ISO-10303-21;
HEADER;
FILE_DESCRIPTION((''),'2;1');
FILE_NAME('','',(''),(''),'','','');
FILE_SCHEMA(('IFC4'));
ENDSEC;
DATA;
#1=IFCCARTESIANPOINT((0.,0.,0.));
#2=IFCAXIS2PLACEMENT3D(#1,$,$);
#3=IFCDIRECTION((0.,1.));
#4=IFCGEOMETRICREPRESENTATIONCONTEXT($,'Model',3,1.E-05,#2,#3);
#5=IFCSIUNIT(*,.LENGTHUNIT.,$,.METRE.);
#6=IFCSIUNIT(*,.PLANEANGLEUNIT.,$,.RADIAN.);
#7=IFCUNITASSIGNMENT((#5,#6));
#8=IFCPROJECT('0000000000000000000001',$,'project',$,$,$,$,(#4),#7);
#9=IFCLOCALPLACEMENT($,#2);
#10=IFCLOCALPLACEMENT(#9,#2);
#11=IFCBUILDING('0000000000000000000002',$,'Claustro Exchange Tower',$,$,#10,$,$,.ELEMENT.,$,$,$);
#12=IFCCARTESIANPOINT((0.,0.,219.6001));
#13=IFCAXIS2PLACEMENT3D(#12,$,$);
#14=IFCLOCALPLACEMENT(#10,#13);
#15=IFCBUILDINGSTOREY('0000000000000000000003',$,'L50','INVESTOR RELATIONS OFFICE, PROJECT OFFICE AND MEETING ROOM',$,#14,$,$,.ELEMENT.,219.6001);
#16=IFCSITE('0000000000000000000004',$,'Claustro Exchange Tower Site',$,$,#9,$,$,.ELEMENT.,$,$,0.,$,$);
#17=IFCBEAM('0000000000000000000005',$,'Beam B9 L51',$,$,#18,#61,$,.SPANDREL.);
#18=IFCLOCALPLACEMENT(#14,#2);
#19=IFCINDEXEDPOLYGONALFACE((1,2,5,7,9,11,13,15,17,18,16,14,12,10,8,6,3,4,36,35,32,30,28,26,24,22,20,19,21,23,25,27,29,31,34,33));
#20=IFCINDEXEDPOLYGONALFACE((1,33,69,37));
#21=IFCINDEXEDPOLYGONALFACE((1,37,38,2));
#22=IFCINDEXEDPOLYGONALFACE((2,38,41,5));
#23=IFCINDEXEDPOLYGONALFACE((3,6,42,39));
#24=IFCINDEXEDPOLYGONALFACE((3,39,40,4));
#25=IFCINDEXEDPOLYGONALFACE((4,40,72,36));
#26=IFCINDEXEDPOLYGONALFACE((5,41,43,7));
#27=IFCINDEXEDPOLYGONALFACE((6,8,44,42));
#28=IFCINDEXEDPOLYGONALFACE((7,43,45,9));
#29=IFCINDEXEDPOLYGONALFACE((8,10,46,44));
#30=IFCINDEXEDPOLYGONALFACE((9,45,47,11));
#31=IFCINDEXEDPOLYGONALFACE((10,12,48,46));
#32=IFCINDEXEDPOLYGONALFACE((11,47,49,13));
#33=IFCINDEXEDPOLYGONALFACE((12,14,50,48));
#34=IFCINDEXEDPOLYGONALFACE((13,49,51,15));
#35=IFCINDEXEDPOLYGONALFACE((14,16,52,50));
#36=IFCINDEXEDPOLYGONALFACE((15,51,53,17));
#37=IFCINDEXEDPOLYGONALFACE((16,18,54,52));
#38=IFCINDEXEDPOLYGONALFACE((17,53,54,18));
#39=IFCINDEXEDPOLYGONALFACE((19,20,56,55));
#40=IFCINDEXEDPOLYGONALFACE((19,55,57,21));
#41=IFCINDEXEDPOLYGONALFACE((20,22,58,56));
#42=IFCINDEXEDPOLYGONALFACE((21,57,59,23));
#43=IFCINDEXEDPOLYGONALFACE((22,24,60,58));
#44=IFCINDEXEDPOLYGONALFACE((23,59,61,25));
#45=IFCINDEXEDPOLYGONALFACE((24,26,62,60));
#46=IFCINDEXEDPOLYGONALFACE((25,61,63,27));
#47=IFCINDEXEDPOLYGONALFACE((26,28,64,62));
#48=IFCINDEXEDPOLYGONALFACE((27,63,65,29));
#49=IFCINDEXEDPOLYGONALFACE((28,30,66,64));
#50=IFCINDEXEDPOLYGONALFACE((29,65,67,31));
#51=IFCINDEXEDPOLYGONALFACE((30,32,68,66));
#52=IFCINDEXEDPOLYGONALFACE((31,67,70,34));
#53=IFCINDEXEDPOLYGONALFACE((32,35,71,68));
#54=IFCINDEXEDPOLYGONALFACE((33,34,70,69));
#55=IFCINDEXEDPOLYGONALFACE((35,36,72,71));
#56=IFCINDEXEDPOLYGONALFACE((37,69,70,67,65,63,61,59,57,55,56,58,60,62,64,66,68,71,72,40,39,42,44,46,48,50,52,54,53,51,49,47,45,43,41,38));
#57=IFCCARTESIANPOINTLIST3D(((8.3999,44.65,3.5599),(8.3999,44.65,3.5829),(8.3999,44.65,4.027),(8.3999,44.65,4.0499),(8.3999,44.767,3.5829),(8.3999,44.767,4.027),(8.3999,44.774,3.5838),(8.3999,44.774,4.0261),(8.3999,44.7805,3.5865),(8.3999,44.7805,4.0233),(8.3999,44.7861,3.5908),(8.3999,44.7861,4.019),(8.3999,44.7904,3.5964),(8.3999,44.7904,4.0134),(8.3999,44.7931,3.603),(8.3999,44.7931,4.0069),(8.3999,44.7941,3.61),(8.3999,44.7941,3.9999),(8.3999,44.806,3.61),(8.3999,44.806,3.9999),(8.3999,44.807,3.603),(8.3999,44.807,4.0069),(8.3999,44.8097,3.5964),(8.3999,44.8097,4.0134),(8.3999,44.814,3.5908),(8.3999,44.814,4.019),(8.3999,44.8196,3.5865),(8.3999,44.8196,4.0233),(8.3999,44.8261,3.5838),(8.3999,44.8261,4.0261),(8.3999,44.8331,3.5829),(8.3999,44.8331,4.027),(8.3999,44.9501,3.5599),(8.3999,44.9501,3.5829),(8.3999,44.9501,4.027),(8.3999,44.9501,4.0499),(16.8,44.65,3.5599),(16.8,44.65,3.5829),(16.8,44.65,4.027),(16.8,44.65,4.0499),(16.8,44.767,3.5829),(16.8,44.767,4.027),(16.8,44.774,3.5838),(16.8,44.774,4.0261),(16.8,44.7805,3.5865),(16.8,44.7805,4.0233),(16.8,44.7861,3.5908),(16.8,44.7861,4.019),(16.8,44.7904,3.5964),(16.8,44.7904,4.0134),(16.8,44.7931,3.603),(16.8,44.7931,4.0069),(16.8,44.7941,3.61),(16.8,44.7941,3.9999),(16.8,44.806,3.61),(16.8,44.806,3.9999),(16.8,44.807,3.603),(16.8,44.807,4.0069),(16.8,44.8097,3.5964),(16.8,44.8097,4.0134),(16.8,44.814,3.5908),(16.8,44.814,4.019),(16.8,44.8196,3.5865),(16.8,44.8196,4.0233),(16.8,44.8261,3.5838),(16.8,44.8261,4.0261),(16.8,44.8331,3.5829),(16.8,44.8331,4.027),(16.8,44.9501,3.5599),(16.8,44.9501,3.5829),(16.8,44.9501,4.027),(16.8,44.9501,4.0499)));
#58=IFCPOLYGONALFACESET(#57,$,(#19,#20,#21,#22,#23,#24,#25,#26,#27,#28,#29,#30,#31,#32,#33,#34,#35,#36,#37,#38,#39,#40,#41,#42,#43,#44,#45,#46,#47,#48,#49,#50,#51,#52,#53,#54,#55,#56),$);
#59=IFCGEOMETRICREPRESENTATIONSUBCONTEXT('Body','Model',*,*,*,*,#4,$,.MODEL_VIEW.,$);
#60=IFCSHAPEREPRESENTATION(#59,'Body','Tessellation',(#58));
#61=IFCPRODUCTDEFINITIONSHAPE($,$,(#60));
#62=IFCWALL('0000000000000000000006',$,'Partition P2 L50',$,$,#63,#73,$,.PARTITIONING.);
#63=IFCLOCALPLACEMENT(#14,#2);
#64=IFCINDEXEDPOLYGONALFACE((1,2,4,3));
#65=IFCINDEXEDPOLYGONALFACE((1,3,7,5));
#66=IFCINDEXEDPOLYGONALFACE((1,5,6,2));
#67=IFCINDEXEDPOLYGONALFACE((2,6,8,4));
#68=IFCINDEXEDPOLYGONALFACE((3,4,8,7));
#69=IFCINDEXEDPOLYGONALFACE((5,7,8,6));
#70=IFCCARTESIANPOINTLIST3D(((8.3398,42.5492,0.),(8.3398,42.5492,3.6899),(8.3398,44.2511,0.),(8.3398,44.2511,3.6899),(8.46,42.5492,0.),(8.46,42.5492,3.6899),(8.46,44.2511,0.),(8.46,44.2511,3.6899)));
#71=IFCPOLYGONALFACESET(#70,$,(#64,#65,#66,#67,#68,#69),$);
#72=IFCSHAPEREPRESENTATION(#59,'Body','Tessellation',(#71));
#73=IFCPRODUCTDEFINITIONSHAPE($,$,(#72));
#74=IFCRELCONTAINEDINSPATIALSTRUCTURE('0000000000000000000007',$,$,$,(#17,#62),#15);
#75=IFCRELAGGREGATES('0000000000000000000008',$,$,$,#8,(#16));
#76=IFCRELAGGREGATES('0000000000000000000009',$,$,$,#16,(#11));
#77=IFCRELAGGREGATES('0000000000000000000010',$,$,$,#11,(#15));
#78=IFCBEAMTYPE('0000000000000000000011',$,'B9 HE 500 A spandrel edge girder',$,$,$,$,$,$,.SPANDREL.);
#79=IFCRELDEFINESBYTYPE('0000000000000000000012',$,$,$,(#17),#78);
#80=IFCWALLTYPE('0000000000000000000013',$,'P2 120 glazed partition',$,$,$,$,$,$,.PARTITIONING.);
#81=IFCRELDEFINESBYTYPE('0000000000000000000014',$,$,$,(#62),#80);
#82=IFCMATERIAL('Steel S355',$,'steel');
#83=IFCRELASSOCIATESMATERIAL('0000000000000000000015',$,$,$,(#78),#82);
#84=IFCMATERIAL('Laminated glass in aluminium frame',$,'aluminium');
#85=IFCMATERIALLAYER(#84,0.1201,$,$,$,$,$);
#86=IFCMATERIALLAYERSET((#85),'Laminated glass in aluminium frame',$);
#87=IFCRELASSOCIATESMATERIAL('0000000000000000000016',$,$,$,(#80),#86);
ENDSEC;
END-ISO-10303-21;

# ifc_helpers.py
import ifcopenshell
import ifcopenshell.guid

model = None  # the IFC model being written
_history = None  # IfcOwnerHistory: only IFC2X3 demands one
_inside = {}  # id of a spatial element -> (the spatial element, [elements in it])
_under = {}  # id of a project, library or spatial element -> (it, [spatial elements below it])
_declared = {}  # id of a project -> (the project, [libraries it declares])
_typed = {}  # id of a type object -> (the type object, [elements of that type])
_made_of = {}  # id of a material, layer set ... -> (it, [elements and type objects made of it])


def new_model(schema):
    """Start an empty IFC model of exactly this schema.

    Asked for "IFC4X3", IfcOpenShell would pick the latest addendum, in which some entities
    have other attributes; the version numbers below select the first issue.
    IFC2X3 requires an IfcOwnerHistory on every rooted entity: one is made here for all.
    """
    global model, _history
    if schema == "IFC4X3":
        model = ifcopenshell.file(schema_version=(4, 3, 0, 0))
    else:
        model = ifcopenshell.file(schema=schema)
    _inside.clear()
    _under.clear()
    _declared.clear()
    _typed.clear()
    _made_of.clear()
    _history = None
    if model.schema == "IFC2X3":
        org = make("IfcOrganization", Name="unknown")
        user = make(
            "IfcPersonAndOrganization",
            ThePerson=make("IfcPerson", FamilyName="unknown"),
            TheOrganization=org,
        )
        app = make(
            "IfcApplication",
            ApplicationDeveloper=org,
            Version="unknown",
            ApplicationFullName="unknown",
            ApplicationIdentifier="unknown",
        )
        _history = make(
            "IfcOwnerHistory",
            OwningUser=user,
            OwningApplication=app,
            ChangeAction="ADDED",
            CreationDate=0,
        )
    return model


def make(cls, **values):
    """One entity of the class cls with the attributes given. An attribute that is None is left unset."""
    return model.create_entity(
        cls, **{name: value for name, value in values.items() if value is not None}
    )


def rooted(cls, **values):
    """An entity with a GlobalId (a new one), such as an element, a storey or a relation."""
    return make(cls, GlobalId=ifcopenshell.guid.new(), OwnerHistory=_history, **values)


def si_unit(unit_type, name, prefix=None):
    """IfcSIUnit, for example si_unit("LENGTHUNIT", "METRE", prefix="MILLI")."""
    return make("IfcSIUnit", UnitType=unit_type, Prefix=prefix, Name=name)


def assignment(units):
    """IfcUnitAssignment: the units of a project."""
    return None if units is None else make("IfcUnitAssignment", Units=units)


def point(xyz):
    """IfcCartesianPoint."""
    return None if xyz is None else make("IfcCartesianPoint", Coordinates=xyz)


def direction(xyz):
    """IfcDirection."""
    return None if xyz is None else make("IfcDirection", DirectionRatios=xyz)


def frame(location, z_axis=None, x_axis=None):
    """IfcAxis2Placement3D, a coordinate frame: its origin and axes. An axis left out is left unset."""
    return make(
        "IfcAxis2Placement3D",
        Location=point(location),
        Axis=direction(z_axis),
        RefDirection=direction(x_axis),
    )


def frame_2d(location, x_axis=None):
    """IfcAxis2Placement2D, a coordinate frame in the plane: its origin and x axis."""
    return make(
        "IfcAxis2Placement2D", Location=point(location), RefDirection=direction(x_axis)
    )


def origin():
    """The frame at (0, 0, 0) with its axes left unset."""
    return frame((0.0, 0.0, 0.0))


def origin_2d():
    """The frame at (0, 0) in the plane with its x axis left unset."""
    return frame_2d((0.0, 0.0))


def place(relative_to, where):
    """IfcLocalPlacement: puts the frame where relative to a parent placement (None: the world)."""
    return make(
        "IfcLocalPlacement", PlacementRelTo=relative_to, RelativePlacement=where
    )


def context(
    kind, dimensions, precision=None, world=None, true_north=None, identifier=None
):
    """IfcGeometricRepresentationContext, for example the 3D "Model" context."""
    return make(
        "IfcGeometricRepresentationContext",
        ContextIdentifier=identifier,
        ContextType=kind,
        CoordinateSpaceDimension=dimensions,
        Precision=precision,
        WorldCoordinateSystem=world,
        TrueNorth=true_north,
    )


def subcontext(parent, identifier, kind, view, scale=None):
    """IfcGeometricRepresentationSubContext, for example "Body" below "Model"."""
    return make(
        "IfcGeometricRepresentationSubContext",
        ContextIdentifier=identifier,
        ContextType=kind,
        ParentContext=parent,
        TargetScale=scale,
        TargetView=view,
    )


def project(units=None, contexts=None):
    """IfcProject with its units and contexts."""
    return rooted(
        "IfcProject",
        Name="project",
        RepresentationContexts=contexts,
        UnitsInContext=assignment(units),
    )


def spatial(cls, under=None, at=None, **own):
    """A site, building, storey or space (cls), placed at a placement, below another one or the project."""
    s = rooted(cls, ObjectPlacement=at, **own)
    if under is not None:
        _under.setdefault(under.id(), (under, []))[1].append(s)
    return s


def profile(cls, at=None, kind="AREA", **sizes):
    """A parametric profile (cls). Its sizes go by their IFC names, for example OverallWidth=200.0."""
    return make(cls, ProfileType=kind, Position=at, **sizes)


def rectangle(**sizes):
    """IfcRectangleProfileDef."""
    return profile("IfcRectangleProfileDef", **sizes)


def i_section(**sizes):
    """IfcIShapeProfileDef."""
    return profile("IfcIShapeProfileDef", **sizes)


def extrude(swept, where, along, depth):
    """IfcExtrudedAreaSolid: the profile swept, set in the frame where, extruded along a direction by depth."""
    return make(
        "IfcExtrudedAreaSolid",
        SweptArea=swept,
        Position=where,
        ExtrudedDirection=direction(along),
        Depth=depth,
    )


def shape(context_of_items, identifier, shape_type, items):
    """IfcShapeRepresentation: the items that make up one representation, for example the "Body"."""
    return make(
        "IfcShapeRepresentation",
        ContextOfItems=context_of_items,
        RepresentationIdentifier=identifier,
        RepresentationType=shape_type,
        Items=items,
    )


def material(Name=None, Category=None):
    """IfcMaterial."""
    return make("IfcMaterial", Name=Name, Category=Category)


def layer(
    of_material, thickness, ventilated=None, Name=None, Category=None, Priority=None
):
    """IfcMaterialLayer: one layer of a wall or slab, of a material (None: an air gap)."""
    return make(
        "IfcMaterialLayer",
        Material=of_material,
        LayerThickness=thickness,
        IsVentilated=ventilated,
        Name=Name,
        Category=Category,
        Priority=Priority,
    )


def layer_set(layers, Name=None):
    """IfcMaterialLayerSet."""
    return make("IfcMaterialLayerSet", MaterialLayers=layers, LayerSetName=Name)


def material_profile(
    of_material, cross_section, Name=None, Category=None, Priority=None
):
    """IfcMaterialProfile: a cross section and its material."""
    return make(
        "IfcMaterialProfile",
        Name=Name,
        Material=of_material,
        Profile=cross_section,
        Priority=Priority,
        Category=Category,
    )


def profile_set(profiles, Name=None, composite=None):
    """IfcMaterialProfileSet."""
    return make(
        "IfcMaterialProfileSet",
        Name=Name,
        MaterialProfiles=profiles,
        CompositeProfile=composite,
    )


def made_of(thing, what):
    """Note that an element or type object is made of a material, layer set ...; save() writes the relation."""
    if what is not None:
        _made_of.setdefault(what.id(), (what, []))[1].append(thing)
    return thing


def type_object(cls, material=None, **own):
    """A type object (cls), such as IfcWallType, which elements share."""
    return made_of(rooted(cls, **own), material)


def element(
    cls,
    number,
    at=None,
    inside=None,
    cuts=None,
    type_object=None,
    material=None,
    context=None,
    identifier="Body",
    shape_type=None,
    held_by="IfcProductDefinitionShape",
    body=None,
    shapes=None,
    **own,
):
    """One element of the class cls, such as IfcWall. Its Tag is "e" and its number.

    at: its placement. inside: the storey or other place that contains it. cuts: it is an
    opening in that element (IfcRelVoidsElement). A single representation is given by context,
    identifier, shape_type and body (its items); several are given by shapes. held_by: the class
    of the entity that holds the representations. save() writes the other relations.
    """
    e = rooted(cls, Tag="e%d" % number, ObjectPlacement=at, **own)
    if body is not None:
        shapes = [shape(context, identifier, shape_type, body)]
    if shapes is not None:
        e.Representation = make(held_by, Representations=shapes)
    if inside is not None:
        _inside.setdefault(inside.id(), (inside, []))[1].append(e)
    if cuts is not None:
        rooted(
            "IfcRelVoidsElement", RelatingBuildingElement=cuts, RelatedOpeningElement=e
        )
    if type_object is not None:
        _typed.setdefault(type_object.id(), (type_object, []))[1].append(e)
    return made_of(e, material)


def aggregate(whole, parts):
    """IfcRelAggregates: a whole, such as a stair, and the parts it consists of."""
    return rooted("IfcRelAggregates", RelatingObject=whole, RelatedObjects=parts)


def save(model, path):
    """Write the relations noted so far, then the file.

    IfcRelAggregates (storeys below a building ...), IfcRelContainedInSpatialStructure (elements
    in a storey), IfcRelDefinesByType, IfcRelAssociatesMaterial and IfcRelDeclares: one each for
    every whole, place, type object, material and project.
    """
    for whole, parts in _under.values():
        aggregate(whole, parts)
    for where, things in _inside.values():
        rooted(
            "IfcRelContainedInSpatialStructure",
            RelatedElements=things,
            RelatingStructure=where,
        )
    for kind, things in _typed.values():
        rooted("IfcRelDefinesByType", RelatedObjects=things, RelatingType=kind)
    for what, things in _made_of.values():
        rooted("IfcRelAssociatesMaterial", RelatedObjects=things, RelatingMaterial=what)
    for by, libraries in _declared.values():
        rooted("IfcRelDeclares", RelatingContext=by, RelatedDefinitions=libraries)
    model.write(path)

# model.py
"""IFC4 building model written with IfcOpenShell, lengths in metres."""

from ifc_helpers import new_model, si_unit, direction, frame, frame_2d, origin, origin_2d, place, context, subcontext, project, spatial, rectangle, i_section, extrude, material, layer, layer_set, material_profile, profile_set, type_object, element, save


model = new_model("IFC4")

# Units and contexts
model_context = context("Model", 3, precision=1e-05, world=origin(), true_north=direction((0.0, 1.0)))
body_context = subcontext(model_context, "Body", "Model", "MODEL_VIEW")
ifc_project = project(units=[si_unit("LENGTHUNIT", "METRE"), si_unit("PLANEANGLEUNIT", "RADIAN")], contexts=[model_context])

# Site, building, storey
site_placement = place(None, origin())
site = spatial("IfcSite", under=ifc_project, at=site_placement, Name="Claustro Exchange Tower Site", CompositionType="ELEMENT", RefElevation=0.0)
building_placement = place(site_placement, origin())
building = spatial("IfcBuilding", under=site, at=building_placement, Name="Claustro Exchange Tower", CompositionType="ELEMENT")
storey_placement = place(building_placement, frame((0.0, 0.0, 219.6001)))
storey = spatial("IfcBuildingStorey", under=building, at=storey_placement, Name="L50", Description="INVESTOR RELATIONS OFFICE, PROJECT OFFICE AND MEETING ROOM", CompositionType="ELEMENT", Elevation=219.6001)

# Beam
ifc_material_1 = material(Name="Steel S355", Category="steel")
ifc_material_profile_1 = material_profile(ifc_material_1, i_section(OverallWidth=0.3, OverallDepth=0.49, WebThickness=0.012, FlangeThickness=0.0229, FilletRadius=0.0271, at=origin_2d()), Name="HE 500 A")
ifc_profile_set_1 = profile_set([ifc_material_profile_1], Name="Steel S355")
beam_type_1 = type_object("IfcBeamType", Name="B9 HE 500 A spandrel edge girder", PredefinedType="SPANDREL", material=ifc_profile_set_1)
beam_1_placement = place(storey_placement, frame((8.3999, 44.8, 3.8049), z_axis=(1.0, 0.0, 0.0), x_axis=(0.0, 1.0, 0.0)))
element("IfcBeam", 1, at=beam_1_placement, inside=storey, type_object=beam_type_1, Name="Beam B9 L51", PredefinedType="SPANDREL", context=body_context, shape_type="SweptSolid", body=[
    extrude(i_section(OverallWidth=0.3, OverallDepth=0.49, WebThickness=0.012, FlangeThickness=0.0229, FilletRadius=0.0271, at=origin_2d()), origin(), (0.0, 0.0, 1.0), 8.4001),
])

# Wall
ifc_material_2 = material(Name="Laminated glass in aluminium frame", Category="aluminium")
ifc_layer_1 = layer(ifc_material_2, 0.1201)
ifc_layer_set_1 = layer_set([ifc_layer_1], Name="Laminated glass in aluminium frame")
wall_type_1 = type_object("IfcWallType", Name="P2 120 glazed partition", PredefinedType="PARTITIONING", material=ifc_layer_set_1)
wall_1_placement = place(storey_placement, frame((8.3999, 42.5491, 0.0), z_axis=(0.0, 0.0, 1.0), x_axis=(0.0, 1.0, 0.0)))
element("IfcWall", 2, at=wall_1_placement, inside=storey, type_object=wall_type_1, Name="Partition P2 L50", PredefinedType="PARTITIONING", context=body_context, shape_type="SweptSolid", body=[
    extrude(rectangle(XDim=1.7019, YDim=0.1201, at=frame_2d((0.8511, 0.0))), origin(), (0.0, 0.0, 1.0), 3.6899),
])

save(model, "model.ifc")
